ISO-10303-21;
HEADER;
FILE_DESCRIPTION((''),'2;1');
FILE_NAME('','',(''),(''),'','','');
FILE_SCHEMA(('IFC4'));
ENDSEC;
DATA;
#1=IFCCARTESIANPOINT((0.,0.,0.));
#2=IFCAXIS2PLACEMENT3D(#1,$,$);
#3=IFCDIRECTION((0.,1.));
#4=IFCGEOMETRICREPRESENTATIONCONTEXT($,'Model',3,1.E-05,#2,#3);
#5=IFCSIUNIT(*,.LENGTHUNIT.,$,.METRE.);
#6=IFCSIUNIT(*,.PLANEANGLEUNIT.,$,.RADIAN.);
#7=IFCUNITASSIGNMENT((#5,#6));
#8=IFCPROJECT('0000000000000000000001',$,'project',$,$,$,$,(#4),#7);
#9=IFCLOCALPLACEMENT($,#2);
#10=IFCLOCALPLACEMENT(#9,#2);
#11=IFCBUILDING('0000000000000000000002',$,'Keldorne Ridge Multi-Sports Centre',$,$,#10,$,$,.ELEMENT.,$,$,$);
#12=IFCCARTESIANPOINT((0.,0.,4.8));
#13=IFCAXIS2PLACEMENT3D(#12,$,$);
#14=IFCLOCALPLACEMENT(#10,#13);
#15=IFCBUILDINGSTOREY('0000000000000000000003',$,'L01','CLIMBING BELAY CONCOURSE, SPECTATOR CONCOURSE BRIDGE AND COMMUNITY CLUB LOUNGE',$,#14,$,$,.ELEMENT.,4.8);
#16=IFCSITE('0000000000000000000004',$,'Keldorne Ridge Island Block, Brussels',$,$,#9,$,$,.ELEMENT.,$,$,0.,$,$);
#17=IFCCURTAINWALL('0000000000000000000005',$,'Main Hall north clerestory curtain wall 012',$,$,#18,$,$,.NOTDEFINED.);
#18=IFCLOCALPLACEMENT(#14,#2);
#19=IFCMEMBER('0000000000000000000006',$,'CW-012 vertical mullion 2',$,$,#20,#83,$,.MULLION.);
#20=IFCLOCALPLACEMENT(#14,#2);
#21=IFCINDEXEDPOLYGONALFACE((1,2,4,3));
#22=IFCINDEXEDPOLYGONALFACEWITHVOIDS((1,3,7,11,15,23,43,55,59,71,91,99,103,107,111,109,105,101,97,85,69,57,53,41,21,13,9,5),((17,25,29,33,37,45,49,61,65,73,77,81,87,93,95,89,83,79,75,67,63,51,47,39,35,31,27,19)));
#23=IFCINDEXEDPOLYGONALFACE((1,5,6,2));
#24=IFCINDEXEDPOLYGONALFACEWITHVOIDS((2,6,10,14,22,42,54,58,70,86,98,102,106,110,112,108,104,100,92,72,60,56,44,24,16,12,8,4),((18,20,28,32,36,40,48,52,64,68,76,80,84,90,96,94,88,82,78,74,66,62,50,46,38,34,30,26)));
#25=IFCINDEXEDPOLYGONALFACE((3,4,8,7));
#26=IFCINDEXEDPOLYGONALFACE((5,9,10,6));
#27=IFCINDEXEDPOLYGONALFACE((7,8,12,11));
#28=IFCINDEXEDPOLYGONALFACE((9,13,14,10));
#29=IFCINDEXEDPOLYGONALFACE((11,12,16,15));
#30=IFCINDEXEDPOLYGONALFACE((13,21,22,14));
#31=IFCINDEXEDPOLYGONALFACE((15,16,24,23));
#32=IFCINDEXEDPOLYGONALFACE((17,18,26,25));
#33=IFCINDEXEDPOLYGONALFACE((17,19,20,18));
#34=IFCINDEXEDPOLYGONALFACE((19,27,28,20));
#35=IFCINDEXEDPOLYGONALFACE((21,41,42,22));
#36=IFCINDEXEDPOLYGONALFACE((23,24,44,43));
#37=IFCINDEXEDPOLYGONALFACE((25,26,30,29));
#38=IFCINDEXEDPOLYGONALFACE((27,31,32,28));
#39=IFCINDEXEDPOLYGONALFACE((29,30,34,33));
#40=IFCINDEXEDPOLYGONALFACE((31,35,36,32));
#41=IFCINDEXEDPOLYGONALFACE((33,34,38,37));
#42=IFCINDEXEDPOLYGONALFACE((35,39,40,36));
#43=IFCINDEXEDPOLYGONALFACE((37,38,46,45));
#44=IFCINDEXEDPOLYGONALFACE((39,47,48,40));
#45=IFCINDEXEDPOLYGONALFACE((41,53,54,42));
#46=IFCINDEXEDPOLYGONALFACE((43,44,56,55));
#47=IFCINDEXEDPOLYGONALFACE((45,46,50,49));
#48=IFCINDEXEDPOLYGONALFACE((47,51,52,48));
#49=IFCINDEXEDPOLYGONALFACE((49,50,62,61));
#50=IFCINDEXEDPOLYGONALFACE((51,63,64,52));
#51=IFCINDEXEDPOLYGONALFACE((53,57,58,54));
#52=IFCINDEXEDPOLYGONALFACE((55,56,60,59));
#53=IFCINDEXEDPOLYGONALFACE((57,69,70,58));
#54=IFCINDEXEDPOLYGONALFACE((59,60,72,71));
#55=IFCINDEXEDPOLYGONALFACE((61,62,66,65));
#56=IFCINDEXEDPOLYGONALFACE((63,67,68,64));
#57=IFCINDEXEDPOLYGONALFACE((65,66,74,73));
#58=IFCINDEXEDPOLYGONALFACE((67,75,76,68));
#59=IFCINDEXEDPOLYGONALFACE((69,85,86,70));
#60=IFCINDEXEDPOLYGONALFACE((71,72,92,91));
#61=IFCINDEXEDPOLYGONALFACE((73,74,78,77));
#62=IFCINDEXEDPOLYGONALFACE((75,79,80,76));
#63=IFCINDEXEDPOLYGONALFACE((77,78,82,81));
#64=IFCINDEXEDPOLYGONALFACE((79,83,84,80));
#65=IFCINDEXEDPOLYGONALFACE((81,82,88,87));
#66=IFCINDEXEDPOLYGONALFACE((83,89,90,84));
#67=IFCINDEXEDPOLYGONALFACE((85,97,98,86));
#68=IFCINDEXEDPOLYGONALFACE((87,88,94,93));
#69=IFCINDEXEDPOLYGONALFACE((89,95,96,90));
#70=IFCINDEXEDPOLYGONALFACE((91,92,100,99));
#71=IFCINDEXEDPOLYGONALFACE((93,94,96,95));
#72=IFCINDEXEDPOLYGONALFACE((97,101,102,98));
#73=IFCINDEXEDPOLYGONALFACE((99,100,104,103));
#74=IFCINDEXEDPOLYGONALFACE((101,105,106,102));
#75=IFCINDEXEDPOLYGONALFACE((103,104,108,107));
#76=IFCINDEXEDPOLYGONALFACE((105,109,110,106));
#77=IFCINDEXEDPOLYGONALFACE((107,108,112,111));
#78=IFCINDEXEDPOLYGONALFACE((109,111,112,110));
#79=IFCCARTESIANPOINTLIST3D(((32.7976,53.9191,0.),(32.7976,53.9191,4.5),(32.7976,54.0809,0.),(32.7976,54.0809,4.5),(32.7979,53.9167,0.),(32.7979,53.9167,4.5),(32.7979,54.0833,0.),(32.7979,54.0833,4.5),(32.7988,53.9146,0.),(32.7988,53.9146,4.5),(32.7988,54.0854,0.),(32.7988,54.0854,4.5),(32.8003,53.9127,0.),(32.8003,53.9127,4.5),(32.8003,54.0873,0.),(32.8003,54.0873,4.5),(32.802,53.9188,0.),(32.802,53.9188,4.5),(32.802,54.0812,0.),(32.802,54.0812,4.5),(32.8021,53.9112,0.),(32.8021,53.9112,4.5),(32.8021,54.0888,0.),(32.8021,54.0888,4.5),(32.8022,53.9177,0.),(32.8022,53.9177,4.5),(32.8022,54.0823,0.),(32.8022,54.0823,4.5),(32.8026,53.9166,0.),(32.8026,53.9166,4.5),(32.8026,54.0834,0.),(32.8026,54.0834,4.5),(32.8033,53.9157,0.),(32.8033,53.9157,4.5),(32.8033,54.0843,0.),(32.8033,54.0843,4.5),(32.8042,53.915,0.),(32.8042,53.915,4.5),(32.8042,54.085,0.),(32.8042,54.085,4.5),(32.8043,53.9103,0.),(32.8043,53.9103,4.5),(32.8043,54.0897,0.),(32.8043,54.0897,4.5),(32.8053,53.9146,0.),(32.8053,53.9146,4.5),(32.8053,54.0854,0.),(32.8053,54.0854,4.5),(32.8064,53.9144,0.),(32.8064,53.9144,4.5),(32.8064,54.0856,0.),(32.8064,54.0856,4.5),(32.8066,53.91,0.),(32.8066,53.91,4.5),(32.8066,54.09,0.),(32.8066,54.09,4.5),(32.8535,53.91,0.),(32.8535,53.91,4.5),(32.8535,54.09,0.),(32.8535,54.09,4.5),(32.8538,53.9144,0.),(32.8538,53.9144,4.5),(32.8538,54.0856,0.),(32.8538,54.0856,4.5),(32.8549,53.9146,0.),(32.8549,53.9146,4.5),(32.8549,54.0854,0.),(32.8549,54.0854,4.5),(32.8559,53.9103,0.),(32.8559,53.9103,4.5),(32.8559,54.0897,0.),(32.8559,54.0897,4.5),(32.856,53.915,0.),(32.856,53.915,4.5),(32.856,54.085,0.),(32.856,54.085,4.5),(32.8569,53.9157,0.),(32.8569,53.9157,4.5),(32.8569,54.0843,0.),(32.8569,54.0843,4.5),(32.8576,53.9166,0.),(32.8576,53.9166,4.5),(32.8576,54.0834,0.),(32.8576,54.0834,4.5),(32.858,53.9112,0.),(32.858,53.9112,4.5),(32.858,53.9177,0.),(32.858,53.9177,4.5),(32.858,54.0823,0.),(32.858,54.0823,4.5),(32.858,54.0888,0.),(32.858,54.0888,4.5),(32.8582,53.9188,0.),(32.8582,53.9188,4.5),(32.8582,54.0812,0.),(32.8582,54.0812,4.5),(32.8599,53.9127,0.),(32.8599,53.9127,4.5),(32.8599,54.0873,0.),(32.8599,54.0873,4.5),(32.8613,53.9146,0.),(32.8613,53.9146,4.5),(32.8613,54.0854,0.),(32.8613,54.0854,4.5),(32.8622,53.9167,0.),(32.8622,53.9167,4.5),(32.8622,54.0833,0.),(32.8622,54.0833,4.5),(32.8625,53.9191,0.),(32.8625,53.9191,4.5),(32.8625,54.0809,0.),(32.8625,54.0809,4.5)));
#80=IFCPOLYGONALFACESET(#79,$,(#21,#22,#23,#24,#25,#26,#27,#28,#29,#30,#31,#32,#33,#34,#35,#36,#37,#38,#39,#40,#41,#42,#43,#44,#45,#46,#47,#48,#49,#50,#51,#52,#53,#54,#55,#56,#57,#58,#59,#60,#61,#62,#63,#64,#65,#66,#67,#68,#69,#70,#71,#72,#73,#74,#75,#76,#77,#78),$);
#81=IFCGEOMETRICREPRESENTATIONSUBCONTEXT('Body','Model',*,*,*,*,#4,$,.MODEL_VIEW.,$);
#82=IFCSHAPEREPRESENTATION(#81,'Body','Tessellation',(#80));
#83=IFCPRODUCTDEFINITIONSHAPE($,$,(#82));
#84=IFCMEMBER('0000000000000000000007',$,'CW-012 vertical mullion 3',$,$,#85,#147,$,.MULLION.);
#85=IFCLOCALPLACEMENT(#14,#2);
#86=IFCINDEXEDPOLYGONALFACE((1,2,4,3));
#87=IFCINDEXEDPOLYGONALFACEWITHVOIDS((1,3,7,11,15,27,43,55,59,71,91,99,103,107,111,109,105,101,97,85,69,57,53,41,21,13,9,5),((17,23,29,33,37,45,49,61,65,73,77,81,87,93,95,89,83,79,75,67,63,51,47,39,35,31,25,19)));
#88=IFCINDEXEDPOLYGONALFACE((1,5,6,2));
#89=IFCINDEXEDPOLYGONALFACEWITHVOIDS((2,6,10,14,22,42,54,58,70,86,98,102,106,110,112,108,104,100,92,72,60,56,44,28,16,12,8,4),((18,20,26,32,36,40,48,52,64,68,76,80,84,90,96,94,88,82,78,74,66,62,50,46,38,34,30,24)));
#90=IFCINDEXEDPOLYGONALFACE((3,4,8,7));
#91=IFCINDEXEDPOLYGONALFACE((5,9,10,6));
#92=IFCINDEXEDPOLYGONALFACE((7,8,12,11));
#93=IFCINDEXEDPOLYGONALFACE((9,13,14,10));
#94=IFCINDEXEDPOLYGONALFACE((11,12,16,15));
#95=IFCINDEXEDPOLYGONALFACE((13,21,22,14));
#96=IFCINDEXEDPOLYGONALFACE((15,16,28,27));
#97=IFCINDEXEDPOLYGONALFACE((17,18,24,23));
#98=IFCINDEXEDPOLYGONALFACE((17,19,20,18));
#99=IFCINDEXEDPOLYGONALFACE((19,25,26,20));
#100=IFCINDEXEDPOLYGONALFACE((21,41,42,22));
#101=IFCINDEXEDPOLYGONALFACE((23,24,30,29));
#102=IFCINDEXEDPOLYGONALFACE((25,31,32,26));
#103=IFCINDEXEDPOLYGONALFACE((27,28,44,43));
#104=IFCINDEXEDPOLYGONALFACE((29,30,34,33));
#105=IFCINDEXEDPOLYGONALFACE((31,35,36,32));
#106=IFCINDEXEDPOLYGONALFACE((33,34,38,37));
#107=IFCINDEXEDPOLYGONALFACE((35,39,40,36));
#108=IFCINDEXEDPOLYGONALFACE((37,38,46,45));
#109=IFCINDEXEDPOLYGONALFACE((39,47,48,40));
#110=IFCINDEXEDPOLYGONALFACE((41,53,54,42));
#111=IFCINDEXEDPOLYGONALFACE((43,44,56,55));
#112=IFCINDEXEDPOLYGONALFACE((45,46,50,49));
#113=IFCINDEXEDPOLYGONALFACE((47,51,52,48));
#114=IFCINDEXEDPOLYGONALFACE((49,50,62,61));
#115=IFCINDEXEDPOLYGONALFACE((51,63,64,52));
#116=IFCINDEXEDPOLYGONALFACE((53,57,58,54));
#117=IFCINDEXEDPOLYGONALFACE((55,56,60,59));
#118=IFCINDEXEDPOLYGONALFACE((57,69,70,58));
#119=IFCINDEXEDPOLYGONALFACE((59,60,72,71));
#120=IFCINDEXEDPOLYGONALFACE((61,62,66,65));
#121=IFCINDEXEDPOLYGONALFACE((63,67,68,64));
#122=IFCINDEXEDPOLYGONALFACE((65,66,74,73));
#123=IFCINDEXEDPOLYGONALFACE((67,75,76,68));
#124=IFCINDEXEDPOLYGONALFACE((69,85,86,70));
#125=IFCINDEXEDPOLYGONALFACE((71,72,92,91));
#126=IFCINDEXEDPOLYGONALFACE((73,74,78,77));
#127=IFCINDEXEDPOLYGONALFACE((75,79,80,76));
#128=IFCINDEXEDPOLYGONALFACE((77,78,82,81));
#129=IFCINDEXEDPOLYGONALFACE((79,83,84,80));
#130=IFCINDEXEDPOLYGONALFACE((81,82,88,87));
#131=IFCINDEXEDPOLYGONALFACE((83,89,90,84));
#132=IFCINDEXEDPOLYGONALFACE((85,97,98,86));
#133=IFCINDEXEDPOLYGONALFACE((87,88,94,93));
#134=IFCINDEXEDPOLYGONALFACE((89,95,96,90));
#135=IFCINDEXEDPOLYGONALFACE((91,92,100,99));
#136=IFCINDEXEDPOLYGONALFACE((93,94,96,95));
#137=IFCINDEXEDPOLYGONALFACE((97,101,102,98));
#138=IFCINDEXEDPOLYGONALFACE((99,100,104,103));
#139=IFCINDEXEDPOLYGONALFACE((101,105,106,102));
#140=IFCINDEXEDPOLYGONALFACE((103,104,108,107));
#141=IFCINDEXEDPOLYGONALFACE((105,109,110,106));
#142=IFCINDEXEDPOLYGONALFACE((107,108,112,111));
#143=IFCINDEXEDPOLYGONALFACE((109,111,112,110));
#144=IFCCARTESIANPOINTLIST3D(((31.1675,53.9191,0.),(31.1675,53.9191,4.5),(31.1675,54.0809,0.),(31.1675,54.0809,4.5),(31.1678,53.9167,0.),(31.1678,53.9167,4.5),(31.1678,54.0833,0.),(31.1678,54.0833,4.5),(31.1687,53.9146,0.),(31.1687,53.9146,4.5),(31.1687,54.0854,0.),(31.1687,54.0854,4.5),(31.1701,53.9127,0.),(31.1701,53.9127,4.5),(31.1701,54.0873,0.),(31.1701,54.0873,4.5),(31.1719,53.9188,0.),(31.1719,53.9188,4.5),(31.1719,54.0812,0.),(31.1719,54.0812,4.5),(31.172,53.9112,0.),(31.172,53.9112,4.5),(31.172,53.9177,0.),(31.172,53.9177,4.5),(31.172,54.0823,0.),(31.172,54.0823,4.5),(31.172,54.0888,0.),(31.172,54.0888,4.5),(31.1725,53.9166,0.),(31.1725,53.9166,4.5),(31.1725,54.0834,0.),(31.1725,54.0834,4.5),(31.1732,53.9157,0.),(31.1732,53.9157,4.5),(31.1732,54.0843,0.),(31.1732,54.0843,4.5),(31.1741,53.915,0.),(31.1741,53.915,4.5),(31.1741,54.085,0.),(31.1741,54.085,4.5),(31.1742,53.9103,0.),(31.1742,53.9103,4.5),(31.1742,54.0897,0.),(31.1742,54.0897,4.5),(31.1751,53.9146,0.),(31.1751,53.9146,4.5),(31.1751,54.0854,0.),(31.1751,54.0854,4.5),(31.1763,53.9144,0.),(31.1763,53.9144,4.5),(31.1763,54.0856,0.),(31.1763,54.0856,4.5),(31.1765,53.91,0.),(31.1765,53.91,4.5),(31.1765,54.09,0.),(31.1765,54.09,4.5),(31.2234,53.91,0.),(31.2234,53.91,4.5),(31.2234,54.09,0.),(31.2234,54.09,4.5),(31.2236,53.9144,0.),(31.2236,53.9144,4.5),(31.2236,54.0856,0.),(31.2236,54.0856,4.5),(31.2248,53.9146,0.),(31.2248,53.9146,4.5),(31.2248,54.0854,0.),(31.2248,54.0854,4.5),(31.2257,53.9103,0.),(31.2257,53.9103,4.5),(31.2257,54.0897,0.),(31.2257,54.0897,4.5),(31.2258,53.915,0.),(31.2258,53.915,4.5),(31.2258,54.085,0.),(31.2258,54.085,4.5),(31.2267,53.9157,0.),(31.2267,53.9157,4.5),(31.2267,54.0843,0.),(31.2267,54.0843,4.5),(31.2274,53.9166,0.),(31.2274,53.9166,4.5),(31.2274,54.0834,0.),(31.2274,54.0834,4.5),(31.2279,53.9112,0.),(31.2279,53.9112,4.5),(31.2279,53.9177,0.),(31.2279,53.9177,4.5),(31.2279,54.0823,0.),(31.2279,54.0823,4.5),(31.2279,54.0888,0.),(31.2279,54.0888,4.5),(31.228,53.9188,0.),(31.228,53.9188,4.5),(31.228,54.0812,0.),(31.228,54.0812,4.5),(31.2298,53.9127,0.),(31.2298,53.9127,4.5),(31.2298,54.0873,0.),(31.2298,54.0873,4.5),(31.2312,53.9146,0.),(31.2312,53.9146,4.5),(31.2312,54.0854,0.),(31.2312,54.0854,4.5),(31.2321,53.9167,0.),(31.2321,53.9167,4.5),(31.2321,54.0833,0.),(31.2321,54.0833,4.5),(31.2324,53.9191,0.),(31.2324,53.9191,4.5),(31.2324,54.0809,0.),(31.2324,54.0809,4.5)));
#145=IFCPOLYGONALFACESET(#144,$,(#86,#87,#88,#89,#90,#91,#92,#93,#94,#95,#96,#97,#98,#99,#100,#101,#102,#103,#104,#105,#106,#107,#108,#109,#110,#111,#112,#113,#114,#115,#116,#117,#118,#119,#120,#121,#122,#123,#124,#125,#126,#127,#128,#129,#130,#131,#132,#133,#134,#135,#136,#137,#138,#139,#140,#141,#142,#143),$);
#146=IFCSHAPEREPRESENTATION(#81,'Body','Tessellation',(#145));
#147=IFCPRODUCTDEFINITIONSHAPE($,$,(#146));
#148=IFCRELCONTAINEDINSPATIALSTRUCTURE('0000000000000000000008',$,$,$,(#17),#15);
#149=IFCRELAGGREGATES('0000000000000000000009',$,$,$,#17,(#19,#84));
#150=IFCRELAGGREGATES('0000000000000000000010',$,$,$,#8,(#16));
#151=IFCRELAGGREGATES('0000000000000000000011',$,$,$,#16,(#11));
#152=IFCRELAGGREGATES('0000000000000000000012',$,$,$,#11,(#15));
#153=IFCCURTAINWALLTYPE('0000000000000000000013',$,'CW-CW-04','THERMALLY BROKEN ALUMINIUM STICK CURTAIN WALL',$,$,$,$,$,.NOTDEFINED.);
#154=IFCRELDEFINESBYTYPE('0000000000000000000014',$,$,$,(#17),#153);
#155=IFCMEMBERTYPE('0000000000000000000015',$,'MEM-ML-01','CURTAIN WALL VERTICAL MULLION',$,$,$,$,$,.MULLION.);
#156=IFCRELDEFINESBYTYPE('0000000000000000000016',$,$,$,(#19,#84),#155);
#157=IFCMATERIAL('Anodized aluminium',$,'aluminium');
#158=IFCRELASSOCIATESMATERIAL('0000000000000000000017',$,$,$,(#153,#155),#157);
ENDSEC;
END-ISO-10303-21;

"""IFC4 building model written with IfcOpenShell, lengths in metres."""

from ifc_helpers import new_model, si_unit, direction, frame, origin, origin_2d, place, context, subcontext, project, spatial, hollow_rectangle, extrude, material, material_profile, profile_set, type_object, element, aggregate, save


model = new_model("IFC4")

# Units and contexts
model_context = context("Model", 3, precision=1e-05, world=origin(), true_north=direction((0.0, 1.0)))
body_context = subcontext(model_context, "Body", "Model", "MODEL_VIEW")
ifc_project = project(units=[si_unit("LENGTHUNIT", "METRE"), si_unit("PLANEANGLEUNIT", "RADIAN")], contexts=[model_context])

# Site, building, storey
site_placement = place(None, origin())
site = spatial("IfcSite", under=ifc_project, at=site_placement, Name="Keldorne Ridge Island Block, Brussels", CompositionType="ELEMENT", RefElevation=0.0)
building_placement = place(site_placement, origin())
building = spatial("IfcBuilding", under=site, at=building_placement, Name="Keldorne Ridge Multi-Sports Centre", CompositionType="ELEMENT")
storey_placement = place(building_placement, frame((0.0, 0.0, 4.8)))
storey = spatial("IfcBuildingStorey", under=building, at=storey_placement, Name="L01", Description="CLIMBING BELAY CONCOURSE, SPECTATOR CONCOURSE BRIDGE AND COMMUNITY CLUB LOUNGE", CompositionType="ELEMENT", Elevation=4.8)

# Curtain wall, members
ifc_material_1 = material(Name="Anodized aluminium", Category="aluminium")
curtain_wall_type_1 = type_object("IfcCurtainWallType", Name="CW-CW-04", Description="THERMALLY BROKEN ALUMINIUM STICK CURTAIN WALL", PredefinedType="NOTDEFINED", material=ifc_material_1)
curtain_wall_1_placement = place(storey_placement, origin())
curtain_wall_1 = element("IfcCurtainWall", 1, at=curtain_wall_1_placement, inside=storey, type_object=curtain_wall_type_1, Name="Main Hall north clerestory curtain wall 012", PredefinedType="NOTDEFINED")
ifc_material_profile_1 = material_profile(ifc_material_1, hollow_rectangle(XDim=0.0649, YDim=0.1799, WallThickness=0.0044, InnerFilletRadius=0.0044, OuterFilletRadius=0.009, at=origin_2d()), Name="ALU MULLION 180x65x4.5")
ifc_profile_set_1 = profile_set([ifc_material_profile_1], Name="Anodized aluminium")
member_type_1 = type_object("IfcMemberType", Name="MEM-ML-01", Description="CURTAIN WALL VERTICAL MULLION", PredefinedType="MULLION", material=ifc_profile_set_1)
member_1_placement = place(storey_placement, frame((32.8301, 54.0, 0.0), z_axis=(0.0, 0.0, 1.0), x_axis=(1.0, 0.0, 0.0)))
member_1 = element("IfcMember", 2, at=member_1_placement, type_object=member_type_1, Name="CW-012 vertical mullion 2", PredefinedType="MULLION", context=body_context, shape_type="SweptSolid", body=[
    extrude(hollow_rectangle(XDim=0.0649, YDim=0.1799, WallThickness=0.0044, InnerFilletRadius=0.0044, OuterFilletRadius=0.009, at=origin_2d()), origin(), (0.0, 0.0, 1.0), 4.5),
])
member_2_placement = place(storey_placement, frame((31.2, 54.0, 0.0), z_axis=(0.0, 0.0, 1.0), x_axis=(1.0, 0.0, 0.0)))
member_2 = element("IfcMember", 3, at=member_2_placement, type_object=member_type_1, Name="CW-012 vertical mullion 3", PredefinedType="MULLION", context=body_context, shape_type="SweptSolid", body=[
    extrude(hollow_rectangle(XDim=0.0649, YDim=0.1799, WallThickness=0.0044, InnerFilletRadius=0.0044, OuterFilletRadius=0.009, at=origin_2d()), origin(), (0.0, 0.0, 1.0), 4.5),
])

aggregate(curtain_wall_1, [member_1, member_2])

save(model, "model.ifc")
